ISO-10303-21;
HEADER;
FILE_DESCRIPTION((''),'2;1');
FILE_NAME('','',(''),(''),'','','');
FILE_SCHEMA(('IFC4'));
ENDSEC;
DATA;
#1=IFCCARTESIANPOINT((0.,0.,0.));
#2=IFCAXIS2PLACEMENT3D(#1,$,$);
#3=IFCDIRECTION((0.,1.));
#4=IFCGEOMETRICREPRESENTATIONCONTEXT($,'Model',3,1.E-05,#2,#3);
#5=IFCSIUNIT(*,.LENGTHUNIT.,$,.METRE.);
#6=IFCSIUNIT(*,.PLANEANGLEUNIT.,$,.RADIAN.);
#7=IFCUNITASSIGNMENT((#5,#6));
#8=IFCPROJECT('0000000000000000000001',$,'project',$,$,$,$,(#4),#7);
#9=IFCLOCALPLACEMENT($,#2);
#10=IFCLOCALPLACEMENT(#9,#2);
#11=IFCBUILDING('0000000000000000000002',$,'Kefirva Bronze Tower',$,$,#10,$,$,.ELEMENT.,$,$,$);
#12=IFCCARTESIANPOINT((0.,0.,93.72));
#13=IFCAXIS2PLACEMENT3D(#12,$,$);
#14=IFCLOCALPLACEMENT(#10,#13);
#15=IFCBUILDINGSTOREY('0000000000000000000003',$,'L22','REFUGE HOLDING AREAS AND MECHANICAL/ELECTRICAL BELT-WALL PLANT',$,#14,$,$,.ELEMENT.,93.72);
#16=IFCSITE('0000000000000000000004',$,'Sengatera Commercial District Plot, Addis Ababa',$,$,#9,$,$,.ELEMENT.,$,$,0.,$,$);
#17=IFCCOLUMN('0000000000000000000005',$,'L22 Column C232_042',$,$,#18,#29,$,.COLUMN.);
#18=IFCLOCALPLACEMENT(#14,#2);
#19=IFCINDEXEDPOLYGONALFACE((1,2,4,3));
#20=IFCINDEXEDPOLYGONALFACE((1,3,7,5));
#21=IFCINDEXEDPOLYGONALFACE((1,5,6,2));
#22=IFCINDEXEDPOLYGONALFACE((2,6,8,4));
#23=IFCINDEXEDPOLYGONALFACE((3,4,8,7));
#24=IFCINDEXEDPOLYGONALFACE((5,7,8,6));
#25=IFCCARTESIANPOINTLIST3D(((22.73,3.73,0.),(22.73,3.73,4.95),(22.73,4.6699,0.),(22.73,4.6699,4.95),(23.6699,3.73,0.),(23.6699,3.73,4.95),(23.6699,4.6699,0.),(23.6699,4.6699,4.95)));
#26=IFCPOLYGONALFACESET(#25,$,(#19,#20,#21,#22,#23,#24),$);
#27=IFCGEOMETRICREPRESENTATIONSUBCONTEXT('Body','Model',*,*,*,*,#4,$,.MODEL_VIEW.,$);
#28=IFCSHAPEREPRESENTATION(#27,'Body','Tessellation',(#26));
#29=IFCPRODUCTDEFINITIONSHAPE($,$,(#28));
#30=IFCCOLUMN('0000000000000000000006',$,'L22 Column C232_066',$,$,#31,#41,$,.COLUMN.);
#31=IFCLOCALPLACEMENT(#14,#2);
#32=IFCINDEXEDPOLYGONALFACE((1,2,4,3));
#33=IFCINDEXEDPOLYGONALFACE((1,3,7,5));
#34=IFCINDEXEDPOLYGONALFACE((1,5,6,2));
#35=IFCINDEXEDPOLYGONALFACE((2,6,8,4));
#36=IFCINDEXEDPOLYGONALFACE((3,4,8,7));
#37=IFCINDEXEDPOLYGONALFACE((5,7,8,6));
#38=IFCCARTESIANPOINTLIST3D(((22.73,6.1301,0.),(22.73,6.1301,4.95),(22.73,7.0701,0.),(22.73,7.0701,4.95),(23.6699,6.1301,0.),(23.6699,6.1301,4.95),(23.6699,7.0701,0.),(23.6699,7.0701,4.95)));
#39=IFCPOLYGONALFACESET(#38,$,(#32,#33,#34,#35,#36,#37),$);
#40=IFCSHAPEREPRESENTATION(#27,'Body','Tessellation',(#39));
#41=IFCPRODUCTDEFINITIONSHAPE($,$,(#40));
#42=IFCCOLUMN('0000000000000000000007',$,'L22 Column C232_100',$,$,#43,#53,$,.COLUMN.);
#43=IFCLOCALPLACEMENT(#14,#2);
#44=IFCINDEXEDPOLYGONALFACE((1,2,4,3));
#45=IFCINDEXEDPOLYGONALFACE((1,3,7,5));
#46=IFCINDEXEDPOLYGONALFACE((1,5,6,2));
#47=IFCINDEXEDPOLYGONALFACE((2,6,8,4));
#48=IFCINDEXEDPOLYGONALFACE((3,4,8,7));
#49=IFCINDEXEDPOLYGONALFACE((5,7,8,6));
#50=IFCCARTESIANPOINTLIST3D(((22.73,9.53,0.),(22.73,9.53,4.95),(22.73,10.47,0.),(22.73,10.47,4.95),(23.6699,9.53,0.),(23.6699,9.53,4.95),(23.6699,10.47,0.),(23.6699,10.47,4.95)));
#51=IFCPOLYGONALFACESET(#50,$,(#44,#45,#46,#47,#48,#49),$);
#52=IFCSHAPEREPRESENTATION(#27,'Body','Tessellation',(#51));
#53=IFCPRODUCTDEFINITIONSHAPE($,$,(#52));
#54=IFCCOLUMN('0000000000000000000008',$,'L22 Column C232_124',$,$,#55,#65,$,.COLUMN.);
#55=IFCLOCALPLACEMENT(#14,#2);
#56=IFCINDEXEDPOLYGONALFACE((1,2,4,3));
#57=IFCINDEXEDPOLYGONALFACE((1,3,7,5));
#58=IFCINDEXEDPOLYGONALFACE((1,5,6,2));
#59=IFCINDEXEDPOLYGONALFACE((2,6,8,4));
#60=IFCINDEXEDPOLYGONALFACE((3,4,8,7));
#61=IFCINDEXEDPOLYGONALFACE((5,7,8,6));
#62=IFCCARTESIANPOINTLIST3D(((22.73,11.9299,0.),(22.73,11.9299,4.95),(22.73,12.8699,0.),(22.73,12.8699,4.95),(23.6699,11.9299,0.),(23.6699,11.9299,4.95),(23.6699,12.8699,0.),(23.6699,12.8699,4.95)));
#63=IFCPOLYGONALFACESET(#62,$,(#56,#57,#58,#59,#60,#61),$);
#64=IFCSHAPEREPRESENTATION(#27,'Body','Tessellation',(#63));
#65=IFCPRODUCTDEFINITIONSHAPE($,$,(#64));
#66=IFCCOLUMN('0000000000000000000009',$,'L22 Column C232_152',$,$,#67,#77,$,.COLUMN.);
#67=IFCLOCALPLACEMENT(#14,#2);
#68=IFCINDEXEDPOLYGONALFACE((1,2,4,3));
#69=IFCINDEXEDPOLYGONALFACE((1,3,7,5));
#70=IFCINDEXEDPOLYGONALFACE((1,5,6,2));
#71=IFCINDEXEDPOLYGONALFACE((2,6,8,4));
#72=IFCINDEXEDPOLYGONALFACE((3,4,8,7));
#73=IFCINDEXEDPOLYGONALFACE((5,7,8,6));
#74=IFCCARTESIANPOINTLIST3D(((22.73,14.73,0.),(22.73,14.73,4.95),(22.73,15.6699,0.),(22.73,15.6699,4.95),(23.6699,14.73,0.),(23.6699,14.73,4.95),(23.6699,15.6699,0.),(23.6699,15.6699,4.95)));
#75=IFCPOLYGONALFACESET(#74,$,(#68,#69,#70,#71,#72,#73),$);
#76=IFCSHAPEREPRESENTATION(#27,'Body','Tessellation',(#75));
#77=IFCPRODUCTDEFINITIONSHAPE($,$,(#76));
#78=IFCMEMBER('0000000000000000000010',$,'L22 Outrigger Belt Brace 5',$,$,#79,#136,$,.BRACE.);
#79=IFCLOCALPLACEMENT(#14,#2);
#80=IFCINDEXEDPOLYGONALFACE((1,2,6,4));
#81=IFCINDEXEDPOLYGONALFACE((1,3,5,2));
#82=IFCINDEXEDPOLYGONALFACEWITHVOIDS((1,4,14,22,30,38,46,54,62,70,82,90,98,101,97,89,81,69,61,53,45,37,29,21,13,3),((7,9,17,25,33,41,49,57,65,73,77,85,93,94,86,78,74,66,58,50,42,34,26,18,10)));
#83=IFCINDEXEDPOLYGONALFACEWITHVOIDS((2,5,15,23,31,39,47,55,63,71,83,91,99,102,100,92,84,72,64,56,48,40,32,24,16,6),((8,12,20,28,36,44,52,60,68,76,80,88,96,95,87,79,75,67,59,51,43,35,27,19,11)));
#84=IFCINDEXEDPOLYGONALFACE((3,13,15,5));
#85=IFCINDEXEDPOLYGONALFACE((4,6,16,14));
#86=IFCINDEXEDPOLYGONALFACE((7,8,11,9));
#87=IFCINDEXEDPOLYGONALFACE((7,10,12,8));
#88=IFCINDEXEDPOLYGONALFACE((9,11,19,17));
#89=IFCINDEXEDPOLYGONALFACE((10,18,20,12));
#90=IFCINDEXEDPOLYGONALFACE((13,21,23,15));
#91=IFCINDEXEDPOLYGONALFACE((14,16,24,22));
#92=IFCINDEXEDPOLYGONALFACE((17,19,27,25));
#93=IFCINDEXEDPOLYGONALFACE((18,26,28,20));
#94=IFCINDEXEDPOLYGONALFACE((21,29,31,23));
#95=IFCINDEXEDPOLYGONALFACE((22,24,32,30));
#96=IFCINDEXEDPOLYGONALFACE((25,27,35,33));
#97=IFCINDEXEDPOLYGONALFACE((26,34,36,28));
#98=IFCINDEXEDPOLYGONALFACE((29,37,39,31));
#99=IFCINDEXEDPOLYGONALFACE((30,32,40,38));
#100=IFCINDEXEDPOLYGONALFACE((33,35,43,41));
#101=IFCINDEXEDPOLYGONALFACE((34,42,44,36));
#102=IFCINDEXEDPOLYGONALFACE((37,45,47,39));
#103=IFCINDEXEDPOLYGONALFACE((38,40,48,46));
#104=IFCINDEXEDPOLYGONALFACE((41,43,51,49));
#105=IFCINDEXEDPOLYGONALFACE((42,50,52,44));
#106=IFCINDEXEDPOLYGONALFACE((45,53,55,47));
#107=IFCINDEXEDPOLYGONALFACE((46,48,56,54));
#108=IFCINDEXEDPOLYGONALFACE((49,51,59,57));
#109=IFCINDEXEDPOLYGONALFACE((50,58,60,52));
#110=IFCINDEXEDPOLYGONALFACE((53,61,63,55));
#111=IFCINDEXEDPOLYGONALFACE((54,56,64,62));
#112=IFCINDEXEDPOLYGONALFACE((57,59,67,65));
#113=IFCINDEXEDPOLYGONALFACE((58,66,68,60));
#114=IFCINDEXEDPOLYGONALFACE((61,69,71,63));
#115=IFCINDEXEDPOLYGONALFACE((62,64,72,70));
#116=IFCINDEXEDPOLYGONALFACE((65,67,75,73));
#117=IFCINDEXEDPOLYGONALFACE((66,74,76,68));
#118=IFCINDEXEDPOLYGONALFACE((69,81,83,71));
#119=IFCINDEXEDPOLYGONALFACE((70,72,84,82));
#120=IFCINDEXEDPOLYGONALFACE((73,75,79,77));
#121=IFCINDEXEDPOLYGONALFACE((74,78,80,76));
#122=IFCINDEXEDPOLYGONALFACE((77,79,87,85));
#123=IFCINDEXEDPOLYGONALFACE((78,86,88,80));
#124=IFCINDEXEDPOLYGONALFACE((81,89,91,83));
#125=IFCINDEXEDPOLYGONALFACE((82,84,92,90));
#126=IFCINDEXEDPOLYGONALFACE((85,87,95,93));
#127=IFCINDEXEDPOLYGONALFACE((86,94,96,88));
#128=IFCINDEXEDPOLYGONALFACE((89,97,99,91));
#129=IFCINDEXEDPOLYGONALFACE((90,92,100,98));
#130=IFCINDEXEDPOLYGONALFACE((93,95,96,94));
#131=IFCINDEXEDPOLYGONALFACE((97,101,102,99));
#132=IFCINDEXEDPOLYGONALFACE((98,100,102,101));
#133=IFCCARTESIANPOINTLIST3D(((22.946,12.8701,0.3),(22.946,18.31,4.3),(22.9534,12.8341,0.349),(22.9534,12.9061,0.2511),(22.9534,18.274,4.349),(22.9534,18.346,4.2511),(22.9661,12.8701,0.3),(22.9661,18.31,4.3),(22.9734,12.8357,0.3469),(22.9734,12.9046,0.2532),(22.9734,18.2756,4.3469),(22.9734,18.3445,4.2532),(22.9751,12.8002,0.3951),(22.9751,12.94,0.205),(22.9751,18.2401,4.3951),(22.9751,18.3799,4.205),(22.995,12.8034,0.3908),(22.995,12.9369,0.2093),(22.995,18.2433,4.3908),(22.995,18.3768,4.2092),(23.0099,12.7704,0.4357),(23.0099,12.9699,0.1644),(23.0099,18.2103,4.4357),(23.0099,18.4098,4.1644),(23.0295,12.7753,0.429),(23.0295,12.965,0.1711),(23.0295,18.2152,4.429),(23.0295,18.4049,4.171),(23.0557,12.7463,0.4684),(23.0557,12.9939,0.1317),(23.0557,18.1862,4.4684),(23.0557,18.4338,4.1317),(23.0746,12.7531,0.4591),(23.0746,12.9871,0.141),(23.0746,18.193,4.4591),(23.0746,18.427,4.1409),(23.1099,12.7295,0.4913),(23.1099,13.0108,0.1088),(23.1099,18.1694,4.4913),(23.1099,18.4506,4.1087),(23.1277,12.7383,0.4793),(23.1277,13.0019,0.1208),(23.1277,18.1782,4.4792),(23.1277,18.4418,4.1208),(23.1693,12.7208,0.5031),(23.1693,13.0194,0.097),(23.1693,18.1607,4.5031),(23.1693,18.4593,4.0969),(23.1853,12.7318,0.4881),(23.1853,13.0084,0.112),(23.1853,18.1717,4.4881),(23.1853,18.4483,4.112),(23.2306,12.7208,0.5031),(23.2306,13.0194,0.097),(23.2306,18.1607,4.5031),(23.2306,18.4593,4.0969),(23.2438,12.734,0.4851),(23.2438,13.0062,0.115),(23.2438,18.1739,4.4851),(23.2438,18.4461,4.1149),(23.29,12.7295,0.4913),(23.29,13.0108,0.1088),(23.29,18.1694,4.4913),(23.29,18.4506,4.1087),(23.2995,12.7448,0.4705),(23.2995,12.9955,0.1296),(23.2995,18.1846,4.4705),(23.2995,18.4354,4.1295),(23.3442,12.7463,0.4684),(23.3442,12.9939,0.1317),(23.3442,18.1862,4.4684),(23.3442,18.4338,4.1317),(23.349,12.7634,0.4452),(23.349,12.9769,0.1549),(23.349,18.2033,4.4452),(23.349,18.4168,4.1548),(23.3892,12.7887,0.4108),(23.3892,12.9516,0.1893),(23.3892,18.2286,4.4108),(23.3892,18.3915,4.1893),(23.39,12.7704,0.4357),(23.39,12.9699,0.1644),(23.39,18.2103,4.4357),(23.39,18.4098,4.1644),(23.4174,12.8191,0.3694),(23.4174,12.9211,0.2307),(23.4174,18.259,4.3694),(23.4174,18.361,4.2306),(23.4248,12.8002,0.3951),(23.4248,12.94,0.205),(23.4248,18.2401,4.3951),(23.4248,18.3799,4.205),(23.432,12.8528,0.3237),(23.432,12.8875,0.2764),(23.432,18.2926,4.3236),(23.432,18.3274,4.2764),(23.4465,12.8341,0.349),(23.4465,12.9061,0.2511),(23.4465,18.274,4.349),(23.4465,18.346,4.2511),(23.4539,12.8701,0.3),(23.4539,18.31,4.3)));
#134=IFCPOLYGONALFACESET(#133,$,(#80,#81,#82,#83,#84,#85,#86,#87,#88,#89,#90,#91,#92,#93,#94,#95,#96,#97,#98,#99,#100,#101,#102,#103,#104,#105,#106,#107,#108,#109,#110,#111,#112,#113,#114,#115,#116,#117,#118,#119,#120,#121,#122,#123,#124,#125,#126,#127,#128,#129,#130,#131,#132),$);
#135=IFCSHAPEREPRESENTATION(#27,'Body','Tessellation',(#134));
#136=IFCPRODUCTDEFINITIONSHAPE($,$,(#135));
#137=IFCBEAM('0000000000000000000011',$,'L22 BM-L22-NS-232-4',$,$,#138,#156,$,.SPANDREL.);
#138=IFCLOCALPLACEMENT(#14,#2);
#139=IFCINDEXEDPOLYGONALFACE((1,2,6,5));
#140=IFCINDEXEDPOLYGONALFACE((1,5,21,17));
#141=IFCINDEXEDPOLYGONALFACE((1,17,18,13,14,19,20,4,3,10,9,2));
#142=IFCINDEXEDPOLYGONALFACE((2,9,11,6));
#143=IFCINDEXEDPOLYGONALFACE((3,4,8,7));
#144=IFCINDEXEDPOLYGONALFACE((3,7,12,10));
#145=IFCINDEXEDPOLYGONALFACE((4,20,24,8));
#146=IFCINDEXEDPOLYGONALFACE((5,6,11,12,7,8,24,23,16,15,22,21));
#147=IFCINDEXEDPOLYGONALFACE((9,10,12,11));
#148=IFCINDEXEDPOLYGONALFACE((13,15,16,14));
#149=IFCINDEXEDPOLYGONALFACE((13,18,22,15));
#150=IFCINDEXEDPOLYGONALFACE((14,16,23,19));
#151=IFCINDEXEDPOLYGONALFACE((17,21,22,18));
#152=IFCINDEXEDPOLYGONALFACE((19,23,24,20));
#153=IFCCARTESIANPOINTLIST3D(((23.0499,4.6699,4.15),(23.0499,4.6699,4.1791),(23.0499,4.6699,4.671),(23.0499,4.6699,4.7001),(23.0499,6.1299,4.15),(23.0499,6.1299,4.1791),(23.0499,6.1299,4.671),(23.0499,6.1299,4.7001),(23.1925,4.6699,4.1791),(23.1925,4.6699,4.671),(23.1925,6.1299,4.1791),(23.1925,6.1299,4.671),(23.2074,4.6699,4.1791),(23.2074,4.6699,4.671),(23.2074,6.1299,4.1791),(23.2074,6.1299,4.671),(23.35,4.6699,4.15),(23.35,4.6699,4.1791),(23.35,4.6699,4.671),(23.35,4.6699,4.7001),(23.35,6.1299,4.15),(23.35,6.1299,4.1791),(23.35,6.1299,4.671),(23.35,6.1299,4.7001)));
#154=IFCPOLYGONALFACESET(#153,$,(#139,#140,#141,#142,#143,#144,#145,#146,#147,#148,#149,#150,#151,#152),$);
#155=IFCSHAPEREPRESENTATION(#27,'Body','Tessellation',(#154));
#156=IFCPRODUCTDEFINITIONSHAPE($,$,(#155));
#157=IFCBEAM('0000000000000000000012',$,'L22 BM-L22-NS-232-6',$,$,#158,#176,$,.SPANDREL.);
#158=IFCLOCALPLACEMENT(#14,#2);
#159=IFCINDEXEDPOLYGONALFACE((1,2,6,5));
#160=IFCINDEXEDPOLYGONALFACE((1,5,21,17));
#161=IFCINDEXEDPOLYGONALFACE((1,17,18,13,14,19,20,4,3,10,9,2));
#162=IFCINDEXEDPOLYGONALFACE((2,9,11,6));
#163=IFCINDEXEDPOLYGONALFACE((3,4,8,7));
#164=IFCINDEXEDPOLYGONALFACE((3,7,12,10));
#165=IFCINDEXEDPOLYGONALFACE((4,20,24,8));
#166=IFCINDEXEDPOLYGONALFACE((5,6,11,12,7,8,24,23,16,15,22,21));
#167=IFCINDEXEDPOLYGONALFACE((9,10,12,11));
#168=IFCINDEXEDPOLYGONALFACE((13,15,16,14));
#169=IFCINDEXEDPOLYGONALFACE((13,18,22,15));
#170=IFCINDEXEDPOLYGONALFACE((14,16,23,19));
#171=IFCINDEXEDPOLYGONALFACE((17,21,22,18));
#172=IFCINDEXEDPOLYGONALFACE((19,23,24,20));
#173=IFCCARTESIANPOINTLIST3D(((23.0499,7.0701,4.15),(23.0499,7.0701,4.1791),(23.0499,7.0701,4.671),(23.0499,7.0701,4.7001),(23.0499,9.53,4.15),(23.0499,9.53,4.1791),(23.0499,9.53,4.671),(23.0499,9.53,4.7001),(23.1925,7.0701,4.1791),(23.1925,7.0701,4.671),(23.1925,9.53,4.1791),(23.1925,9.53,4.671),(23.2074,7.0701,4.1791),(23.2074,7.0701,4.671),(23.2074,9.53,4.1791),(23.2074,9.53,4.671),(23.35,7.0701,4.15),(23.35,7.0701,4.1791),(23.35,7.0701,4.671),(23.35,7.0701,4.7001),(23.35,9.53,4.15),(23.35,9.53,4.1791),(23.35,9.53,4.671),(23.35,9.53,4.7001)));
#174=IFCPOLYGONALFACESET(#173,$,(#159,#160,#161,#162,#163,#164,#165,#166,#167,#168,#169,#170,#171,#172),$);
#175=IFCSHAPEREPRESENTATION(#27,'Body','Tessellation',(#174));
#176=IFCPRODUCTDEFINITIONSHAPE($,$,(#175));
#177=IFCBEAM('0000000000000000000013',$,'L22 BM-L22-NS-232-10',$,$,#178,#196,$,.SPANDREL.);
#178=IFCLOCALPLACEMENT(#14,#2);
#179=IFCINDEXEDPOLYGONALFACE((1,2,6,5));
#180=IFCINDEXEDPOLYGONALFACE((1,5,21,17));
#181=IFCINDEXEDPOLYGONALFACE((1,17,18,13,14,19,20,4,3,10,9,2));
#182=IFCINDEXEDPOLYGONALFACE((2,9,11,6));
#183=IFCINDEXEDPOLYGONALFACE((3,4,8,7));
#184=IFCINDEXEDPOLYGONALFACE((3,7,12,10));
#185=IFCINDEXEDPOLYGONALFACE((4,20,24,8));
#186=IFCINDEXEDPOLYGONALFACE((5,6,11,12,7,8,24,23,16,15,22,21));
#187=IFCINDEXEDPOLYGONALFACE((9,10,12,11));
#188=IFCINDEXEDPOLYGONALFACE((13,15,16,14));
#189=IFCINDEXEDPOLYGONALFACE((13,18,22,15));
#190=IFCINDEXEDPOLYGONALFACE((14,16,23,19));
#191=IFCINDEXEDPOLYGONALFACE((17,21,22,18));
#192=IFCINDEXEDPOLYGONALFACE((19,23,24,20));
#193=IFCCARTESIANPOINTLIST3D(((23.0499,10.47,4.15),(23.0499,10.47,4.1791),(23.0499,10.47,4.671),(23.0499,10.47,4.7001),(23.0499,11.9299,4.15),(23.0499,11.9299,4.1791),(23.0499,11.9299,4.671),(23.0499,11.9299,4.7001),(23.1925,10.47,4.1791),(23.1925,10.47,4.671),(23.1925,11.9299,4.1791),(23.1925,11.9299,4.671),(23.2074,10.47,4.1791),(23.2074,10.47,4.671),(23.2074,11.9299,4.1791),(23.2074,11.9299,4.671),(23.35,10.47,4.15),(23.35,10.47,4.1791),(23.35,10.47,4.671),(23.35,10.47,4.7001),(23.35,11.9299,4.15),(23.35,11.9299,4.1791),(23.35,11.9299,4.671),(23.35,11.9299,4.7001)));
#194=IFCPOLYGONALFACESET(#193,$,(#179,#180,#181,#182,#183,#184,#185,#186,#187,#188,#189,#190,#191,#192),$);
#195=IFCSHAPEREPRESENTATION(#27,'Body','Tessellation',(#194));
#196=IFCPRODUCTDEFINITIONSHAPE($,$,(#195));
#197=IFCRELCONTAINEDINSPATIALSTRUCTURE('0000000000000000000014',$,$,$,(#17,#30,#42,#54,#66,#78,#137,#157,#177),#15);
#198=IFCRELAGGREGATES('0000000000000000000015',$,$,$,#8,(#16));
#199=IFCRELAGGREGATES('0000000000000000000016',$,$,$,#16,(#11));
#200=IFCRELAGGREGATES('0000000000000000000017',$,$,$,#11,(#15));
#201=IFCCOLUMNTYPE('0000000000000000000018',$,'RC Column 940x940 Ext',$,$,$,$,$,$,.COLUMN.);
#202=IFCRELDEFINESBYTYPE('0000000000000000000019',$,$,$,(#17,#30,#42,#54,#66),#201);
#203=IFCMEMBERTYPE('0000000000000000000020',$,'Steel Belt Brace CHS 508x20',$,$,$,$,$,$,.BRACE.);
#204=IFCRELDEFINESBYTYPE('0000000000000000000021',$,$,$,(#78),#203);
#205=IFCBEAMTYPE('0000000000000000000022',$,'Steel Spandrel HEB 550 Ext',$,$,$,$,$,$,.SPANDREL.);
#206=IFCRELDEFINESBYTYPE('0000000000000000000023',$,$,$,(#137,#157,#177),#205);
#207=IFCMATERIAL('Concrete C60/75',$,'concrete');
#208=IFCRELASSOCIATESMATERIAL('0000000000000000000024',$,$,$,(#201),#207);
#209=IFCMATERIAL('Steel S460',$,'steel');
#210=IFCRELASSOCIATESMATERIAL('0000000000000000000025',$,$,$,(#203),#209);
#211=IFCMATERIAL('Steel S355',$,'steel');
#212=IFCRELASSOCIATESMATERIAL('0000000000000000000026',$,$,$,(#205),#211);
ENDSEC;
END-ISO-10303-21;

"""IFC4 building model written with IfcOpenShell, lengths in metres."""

from ifc_helpers import new_model, si_unit, direction, frame, origin, origin_2d, place, context, subcontext, project, spatial, rectangle, hollow_circle, i_section, extrude, material, material_profile, profile_set, type_object, element, save


model = new_model("IFC4")

# Units and contexts
model_context = context("Model", 3, precision=1e-05, world=origin(), true_north=direction((0.0, 1.0)))
body_context = subcontext(model_context, "Body", "Model", "MODEL_VIEW")
ifc_project = project(units=[si_unit("LENGTHUNIT", "METRE"), si_unit("PLANEANGLEUNIT", "RADIAN")], contexts=[model_context])

# Site, building, storey
site_placement = place(None, origin())
site = spatial("IfcSite", under=ifc_project, at=site_placement, Name="Sengatera Commercial District Plot, Addis Ababa", CompositionType="ELEMENT", RefElevation=0.0)
building_placement = place(site_placement, origin())
building = spatial("IfcBuilding", under=site, at=building_placement, Name="Kefirva Bronze Tower", CompositionType="ELEMENT")
storey_placement = place(building_placement, frame((0.0, 0.0, 93.72)))
storey = spatial("IfcBuildingStorey", under=building, at=storey_placement, Name="L22", Description="REFUGE HOLDING AREAS AND MECHANICAL/ELECTRICAL BELT-WALL PLANT", CompositionType="ELEMENT", Elevation=93.72)

# Columns
ifc_material_1 = material(Name="Concrete C60/75", Category="concrete")
ifc_material_profile_1 = material_profile(ifc_material_1, rectangle(XDim=0.9399, YDim=0.9399, at=origin_2d()), Name="RC 940x940")
ifc_profile_set_1 = profile_set([ifc_material_profile_1], Name="Concrete C60/75")
column_type = type_object("IfcColumnType", Name="RC Column 940x940 Ext", PredefinedType="COLUMN", material=ifc_profile_set_1)
for number, where, z_axis, x_axis, name in (
    (1, (23.2, 4.2, 0.0), (0.0, 0.0, 1.0), (1.0, 0.0, 0.0), "L22 Column C232_042"),
    (2, (23.2, 6.6001, 0.0), (0.0, 0.0, 1.0), (1.0, 0.0, 0.0), "L22 Column C232_066"),
    (3, (23.2, 10.0, 0.0), (0.0, 0.0, 1.0), (1.0, 0.0, 0.0), "L22 Column C232_100"),
    (4, (23.2, 12.3999, 0.0), (0.0, 0.0, 1.0), (1.0, 0.0, 0.0), "L22 Column C232_124"),
    (5, (23.2, 15.2, 0.0), (0.0, 0.0, 1.0), (1.0, 0.0, 0.0), "L22 Column C232_152"),
):
    element("IfcColumn", number, at=place(storey_placement, frame(where, z_axis=z_axis, x_axis=x_axis)), inside=storey, type_object=column_type, Name=name, PredefinedType="COLUMN", context=body_context, shape_type="SweptSolid", body=[
        extrude(rectangle(XDim=0.9399, YDim=0.9399, at=origin_2d()), origin(), (0.0, 0.0, 1.0), 4.95),
    ])

# Member
ifc_material_2 = material(Name="Steel S460", Category="steel")
ifc_material_profile_2 = material_profile(ifc_material_2, hollow_circle(Radius=0.2539, WallThickness=0.02, at=origin_2d()), Name="CHS 508x20")
ifc_profile_set_2 = profile_set([ifc_material_profile_2], Name="Steel S460")
member_type = type_object("IfcMemberType", Name="Steel Belt Brace CHS 508x20", PredefinedType="BRACE", material=ifc_profile_set_2)
member_placement = place(storey_placement, frame((23.2, 12.8701, 0.3), z_axis=(0.0, 0.805648, 0.592395), x_axis=(-1.0, 0.0, 0.0)))
element("IfcMember", 6, at=member_placement, inside=storey, type_object=member_type, Name="L22 Outrigger Belt Brace 5", PredefinedType="BRACE", context=body_context, shape_type="SweptSolid", body=[
    extrude(hollow_circle(Radius=0.2539, WallThickness=0.02, at=origin_2d()), origin(), (0.0, 0.0, 1.0), 6.7522),
])

# Beams
ifc_material_3 = material(Name="Steel S355", Category="steel")
ifc_material_profile_3 = material_profile(ifc_material_3, i_section(OverallWidth=0.3, OverallDepth=0.55, WebThickness=0.0149, FlangeThickness=0.0291, at=origin_2d()), Name="HEB 550")
ifc_profile_set_3 = profile_set([ifc_material_profile_3], Name="Steel S355")
beam_type = type_object("IfcBeamType", Name="Steel Spandrel HEB 550 Ext", PredefinedType="SPANDREL", material=ifc_profile_set_3)
beam_1_placement = place(storey_placement, frame((23.2, 4.6699, 4.425), z_axis=(0.0, 1.0, 0.0), x_axis=(-1.0, 0.0, 0.0)))
element("IfcBeam", 7, at=beam_1_placement, inside=storey, type_object=beam_type, Name="L22 BM-L22-NS-232-4", PredefinedType="SPANDREL", context=body_context, shape_type="SweptSolid", body=[
    extrude(i_section(OverallWidth=0.3, OverallDepth=0.55, WebThickness=0.0149, FlangeThickness=0.0291, at=origin_2d()), origin(), (0.0, 0.0, 1.0), 1.46),
])
beam_2_placement = place(storey_placement, frame((23.2, 7.0701, 4.425), z_axis=(0.0, 1.0, 0.0), x_axis=(-1.0, 0.0, 0.0)))
element("IfcBeam", 8, at=beam_2_placement, inside=storey, type_object=beam_type, Name="L22 BM-L22-NS-232-6", PredefinedType="SPANDREL", context=body_context, shape_type="SweptSolid", body=[
    extrude(i_section(OverallWidth=0.3, OverallDepth=0.55, WebThickness=0.0149, FlangeThickness=0.0291, at=origin_2d()), origin(), (0.0, 0.0, 1.0), 2.46),
])
beam_3_placement = place(storey_placement, frame((23.2, 10.47, 4.425), z_axis=(0.0, 1.0, 0.0), x_axis=(-1.0, 0.0, 0.0)))
element("IfcBeam", 9, at=beam_3_placement, inside=storey, type_object=beam_type, Name="L22 BM-L22-NS-232-10", PredefinedType="SPANDREL", context=body_context, shape_type="SweptSolid", body=[
    extrude(i_section(OverallWidth=0.3, OverallDepth=0.55, WebThickness=0.0149, FlangeThickness=0.0291, at=origin_2d()), origin(), (0.0, 0.0, 1.0), 1.46),
])

save(model, "model.ifc")
